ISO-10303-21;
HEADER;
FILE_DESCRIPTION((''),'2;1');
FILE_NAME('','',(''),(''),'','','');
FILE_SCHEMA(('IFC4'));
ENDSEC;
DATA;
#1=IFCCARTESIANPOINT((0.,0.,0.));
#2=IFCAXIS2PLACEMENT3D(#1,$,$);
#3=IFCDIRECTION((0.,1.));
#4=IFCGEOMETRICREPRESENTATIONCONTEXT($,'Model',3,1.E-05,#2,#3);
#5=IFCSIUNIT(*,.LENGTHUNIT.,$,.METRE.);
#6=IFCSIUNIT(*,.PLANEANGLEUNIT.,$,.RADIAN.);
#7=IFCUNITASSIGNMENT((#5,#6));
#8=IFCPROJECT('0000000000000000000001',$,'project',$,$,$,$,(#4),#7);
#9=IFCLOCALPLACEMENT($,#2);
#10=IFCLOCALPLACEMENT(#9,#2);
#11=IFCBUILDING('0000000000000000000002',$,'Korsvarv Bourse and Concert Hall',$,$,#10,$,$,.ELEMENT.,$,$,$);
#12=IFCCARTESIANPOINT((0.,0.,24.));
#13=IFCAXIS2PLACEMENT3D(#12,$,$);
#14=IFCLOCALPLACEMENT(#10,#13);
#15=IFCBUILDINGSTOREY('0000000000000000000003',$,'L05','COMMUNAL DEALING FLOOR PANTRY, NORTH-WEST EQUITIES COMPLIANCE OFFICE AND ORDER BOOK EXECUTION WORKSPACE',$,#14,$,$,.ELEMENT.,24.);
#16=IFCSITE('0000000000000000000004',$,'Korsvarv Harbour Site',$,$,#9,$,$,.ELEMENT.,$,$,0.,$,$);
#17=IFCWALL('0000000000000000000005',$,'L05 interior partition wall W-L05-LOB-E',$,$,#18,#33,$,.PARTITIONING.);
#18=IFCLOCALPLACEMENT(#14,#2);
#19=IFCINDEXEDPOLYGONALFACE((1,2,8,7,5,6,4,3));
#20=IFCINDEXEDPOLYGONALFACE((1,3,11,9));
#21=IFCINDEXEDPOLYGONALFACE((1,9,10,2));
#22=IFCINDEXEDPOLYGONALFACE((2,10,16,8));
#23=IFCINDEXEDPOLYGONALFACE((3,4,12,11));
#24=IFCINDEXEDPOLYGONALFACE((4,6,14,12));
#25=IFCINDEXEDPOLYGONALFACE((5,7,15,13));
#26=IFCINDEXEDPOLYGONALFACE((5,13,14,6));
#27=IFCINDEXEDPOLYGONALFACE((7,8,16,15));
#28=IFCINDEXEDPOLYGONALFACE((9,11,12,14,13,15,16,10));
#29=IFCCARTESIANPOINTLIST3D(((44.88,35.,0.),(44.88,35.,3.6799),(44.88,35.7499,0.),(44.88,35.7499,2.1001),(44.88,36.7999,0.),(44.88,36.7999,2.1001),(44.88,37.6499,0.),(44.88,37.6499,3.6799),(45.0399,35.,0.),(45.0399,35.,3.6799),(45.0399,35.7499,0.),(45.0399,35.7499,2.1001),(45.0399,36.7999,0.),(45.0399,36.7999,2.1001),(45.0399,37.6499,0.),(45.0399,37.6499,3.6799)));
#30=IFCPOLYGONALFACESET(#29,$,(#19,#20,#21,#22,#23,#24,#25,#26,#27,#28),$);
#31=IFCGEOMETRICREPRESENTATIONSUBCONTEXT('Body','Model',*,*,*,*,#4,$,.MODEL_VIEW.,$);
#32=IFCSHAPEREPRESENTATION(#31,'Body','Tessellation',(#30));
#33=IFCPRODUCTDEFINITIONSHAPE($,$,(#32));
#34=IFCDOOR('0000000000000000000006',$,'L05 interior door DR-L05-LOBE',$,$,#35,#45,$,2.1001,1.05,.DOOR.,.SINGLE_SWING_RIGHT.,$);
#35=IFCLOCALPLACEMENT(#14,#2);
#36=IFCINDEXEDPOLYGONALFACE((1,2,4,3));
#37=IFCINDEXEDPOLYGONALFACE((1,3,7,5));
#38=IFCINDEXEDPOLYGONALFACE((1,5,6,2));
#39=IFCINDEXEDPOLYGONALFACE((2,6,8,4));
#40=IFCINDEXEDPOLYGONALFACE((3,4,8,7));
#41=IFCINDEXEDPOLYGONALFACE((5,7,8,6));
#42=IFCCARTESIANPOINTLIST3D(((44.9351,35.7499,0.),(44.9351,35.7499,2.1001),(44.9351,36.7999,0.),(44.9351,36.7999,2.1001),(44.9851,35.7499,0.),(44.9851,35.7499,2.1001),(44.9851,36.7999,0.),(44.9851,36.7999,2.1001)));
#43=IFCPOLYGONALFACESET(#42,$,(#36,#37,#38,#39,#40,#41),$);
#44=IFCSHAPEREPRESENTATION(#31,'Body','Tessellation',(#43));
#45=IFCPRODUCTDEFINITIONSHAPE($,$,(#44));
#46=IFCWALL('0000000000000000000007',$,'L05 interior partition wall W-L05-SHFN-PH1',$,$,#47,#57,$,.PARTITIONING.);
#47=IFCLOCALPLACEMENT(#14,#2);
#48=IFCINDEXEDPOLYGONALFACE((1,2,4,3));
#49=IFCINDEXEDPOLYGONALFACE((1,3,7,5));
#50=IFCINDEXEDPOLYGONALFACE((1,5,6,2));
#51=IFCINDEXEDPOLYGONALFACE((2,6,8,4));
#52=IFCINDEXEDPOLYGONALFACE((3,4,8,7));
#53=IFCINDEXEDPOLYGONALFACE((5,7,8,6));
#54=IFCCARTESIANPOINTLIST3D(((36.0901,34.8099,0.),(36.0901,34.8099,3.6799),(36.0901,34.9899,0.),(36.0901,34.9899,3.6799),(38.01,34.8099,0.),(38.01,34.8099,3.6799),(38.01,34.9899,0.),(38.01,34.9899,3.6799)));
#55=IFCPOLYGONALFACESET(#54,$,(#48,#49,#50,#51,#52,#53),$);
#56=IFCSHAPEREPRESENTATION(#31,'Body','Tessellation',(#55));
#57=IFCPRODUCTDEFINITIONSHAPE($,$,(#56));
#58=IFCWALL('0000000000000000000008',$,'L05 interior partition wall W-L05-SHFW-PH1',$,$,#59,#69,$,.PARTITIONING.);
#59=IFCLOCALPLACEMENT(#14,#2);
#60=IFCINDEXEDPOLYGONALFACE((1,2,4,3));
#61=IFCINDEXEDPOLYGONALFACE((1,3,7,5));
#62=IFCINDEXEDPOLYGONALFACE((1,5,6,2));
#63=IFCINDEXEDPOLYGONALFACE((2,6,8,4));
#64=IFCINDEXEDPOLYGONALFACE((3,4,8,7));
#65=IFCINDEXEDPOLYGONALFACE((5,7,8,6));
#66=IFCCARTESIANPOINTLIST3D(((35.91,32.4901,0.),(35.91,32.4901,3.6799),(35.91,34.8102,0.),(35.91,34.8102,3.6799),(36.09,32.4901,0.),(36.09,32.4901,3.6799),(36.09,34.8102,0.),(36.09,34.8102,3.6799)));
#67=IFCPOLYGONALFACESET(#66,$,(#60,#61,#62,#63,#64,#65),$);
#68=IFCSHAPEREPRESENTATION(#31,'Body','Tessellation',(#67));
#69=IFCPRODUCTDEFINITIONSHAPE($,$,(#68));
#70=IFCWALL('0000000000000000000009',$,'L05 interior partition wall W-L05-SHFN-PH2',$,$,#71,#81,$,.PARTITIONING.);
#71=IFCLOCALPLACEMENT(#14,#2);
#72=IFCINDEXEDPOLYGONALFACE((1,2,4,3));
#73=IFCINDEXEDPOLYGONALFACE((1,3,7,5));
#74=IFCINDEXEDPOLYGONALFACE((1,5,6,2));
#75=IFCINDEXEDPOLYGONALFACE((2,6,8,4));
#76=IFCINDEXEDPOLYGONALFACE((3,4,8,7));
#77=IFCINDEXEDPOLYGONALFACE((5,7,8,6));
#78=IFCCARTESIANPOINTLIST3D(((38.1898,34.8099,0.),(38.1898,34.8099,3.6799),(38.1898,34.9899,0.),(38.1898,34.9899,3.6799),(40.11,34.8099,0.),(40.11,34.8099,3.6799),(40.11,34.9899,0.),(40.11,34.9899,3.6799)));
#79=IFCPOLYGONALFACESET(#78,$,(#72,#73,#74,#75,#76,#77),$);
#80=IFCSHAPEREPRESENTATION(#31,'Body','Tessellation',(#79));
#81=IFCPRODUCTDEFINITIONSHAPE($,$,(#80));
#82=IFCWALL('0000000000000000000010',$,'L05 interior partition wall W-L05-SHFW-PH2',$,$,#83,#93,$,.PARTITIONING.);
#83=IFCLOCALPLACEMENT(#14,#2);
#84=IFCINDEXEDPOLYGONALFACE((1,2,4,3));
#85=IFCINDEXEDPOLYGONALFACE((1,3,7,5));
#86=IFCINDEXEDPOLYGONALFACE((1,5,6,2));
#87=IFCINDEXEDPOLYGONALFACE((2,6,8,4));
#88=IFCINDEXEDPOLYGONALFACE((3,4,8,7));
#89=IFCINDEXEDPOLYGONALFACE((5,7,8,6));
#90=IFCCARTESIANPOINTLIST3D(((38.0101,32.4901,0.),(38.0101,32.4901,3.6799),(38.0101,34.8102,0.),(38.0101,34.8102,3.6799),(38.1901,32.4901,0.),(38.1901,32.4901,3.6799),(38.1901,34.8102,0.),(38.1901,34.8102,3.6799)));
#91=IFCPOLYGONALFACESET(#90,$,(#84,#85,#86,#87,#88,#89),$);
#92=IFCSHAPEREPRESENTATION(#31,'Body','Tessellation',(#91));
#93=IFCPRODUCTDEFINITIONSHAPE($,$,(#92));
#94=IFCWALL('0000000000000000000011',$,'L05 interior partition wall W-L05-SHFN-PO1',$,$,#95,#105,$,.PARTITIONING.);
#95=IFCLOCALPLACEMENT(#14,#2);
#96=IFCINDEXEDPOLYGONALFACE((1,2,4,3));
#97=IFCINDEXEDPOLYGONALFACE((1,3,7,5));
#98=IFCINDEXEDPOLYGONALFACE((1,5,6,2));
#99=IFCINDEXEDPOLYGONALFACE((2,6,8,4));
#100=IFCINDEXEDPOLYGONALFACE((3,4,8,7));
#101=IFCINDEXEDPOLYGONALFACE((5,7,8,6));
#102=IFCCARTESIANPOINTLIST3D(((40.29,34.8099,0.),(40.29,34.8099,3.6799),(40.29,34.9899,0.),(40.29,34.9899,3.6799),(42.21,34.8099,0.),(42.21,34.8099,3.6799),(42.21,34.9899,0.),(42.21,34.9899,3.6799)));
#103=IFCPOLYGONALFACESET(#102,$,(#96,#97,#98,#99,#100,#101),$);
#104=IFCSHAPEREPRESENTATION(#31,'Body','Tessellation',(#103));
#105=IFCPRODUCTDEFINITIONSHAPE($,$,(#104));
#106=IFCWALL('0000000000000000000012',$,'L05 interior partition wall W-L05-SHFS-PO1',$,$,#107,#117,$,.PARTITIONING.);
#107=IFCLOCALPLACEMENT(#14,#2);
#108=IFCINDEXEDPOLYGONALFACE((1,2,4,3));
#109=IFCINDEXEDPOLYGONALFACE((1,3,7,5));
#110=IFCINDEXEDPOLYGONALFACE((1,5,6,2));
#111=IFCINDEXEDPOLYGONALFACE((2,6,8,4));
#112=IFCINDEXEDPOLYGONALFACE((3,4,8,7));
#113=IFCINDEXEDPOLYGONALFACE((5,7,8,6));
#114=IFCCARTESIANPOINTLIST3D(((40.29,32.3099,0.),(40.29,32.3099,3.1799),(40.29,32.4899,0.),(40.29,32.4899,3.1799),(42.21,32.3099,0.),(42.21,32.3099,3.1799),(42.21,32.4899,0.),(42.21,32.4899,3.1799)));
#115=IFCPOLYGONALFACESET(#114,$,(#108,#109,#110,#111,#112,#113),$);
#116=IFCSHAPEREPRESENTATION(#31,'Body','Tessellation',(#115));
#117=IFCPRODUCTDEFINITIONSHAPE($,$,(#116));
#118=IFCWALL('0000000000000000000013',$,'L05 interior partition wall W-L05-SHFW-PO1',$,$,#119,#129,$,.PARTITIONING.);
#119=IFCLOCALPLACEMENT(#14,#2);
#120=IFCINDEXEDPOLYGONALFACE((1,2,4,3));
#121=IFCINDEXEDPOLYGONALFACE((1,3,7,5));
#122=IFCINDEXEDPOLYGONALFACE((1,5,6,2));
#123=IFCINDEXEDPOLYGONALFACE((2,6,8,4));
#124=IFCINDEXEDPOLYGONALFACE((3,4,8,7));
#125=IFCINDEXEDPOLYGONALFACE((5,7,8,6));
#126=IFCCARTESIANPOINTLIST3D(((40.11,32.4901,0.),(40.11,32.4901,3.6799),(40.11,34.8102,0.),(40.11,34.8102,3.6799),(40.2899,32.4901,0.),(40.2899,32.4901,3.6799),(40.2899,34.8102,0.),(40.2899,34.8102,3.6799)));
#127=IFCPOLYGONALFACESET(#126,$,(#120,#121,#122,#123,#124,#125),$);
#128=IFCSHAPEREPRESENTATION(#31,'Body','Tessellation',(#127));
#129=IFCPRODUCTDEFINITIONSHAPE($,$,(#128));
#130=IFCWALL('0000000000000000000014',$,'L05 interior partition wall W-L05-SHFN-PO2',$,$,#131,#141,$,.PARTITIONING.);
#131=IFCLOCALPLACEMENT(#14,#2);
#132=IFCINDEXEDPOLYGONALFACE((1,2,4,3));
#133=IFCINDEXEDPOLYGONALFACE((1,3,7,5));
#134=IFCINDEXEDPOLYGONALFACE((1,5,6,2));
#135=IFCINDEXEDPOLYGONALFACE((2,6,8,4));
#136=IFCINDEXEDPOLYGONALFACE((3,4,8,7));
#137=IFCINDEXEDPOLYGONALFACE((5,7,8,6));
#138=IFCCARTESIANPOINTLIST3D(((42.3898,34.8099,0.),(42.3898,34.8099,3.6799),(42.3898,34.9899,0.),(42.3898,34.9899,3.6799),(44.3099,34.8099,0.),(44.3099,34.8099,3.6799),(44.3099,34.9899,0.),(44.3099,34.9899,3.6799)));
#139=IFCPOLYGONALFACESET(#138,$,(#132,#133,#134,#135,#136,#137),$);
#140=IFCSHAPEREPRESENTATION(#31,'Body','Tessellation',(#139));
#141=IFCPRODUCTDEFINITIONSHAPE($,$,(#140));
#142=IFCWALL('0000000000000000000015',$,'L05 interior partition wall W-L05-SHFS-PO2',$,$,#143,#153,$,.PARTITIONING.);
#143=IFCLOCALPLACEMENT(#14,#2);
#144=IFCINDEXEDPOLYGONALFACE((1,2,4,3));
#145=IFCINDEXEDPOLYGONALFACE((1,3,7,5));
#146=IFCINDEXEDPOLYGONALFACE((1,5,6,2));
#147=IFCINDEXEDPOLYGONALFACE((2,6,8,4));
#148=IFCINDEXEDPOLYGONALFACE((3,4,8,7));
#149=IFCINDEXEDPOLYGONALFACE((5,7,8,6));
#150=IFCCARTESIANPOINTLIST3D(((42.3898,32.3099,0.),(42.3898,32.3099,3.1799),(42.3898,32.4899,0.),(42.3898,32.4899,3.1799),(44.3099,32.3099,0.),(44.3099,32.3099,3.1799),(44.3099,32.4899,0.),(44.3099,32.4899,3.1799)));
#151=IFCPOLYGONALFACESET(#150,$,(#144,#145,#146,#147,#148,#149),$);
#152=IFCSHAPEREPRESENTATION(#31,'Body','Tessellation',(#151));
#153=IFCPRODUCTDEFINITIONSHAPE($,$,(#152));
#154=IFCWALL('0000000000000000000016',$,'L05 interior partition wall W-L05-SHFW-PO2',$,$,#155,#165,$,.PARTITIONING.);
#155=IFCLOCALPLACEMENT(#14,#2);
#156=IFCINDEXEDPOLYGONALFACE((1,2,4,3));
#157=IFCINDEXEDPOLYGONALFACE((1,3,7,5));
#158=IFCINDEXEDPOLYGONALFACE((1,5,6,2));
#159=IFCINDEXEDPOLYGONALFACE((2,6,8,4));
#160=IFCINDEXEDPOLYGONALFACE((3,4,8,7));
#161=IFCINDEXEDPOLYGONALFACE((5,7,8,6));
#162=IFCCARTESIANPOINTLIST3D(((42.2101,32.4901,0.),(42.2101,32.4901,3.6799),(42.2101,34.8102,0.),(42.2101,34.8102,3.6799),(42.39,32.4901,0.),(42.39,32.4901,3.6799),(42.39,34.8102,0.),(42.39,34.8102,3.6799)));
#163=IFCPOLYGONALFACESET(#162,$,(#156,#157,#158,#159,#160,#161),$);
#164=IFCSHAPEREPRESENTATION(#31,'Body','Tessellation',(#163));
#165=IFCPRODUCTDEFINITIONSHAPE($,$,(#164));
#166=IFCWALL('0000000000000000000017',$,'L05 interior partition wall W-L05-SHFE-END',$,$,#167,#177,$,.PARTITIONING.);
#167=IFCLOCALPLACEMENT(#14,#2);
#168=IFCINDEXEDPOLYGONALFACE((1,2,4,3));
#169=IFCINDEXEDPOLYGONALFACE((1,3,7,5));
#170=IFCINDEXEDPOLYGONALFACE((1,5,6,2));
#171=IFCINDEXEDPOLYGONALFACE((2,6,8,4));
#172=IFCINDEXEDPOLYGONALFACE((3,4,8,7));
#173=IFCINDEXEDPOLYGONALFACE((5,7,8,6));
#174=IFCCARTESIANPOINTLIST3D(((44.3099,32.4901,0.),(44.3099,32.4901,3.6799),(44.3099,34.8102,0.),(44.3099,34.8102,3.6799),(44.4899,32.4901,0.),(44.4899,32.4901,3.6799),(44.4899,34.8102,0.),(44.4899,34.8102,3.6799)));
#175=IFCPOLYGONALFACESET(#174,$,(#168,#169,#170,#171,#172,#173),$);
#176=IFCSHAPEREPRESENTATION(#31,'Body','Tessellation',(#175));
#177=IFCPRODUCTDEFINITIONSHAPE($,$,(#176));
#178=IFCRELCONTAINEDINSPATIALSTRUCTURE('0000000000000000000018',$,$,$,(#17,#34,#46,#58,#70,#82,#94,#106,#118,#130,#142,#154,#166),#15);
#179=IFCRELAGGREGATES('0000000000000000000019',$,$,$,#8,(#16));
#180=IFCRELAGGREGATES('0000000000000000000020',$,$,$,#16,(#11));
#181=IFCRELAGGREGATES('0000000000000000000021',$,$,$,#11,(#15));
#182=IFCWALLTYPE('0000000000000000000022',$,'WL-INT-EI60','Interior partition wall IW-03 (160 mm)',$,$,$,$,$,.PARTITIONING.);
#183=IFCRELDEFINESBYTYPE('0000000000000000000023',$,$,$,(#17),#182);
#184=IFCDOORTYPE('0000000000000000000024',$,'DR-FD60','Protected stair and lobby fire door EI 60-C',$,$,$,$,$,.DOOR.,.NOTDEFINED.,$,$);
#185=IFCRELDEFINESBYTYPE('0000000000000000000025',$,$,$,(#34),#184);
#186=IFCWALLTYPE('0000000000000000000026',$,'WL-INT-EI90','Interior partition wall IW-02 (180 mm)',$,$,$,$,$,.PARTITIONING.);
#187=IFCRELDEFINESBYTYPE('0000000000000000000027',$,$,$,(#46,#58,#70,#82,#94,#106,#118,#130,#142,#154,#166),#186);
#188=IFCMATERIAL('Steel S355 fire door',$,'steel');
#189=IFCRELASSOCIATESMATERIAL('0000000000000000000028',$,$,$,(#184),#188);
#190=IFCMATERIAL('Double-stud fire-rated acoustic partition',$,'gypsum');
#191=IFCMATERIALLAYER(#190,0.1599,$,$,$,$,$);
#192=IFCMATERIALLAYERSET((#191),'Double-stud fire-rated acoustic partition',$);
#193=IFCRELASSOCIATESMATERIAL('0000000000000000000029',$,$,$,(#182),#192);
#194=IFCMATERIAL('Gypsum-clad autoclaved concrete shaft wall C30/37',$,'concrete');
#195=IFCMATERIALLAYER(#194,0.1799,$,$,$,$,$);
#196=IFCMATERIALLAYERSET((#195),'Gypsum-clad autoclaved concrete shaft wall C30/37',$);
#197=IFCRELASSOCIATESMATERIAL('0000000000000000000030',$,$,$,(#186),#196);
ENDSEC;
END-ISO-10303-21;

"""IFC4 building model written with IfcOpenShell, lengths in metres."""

from ifc_helpers import new_model, si_unit, direction, frame, frame_2d, origin, place, context, subcontext, project, spatial, rectangle, extrude, material, layer, layer_set, type_object, element, fill, save


model = new_model("IFC4")

# Units and contexts
model_context = context("Model", 3, precision=1e-05, world=origin(), true_north=direction((0.0, 1.0)))
body_context = subcontext(model_context, "Body", "Model", "MODEL_VIEW")
ifc_project = project(units=[si_unit("LENGTHUNIT", "METRE"), si_unit("PLANEANGLEUNIT", "RADIAN")], contexts=[model_context])

# Site, building, storey
site_placement = place(None, origin())
site = spatial("IfcSite", under=ifc_project, at=site_placement, Name="Korsvarv Harbour Site", CompositionType="ELEMENT", RefElevation=0.0)
building_placement = place(site_placement, origin())
building = spatial("IfcBuilding", under=site, at=building_placement, Name="Korsvarv Bourse and Concert Hall", CompositionType="ELEMENT")
storey_placement = place(building_placement, frame((0.0, 0.0, 24.0)))
storey = spatial("IfcBuildingStorey", under=building, at=storey_placement, Name="L05", Description="COMMUNAL DEALING FLOOR PANTRY, NORTH-WEST EQUITIES COMPLIANCE OFFICE AND ORDER BOOK EXECUTION WORKSPACE", CompositionType="ELEMENT", Elevation=24.0)

# Shared definitions
ifc_material_1 = material(Name="Steel S355 fire door", Category="steel")
door_type_1 = type_object("IfcDoorType", Name="DR-FD60", Description="Protected stair and lobby fire door EI 60-C", OperationType="NOTDEFINED", PredefinedType="DOOR", material=ifc_material_1)

# Wall, opening, door
ifc_material_2 = material(Name="Double-stud fire-rated acoustic partition", Category="gypsum")
ifc_layer_1 = layer(ifc_material_2, 0.1599)
ifc_layer_set_1 = layer_set([ifc_layer_1], Name="Double-stud fire-rated acoustic partition")
wall_type_1 = type_object("IfcWallType", Name="WL-INT-EI60", Description="Interior partition wall IW-03 (160 mm)", PredefinedType="PARTITIONING", material=ifc_layer_set_1)
wall_1_placement = place(storey_placement, frame((44.96, 35.0, 0.0), z_axis=(0.0, 0.0, 1.0), x_axis=(0.0, 1.0, 0.0)))
wall_1 = element("IfcWall", 1, at=wall_1_placement, inside=storey, type_object=wall_type_1, Name="L05 interior partition wall W-L05-LOB-E", PredefinedType="PARTITIONING", context=body_context, shape_type="SweptSolid", body=[
    extrude(rectangle(XDim=2.6499, YDim=0.1599, at=frame_2d((1.325, 0.0))), origin(), (0.0, 0.0, 1.0), 3.6799),
])
opening_1_placement = place(wall_1_placement, frame((0.75, 0.0, 0.0)))
opening_1 = element("IfcOpeningElement", 2, at=opening_1_placement, cuts=wall_1, PredefinedType="OPENING", context=body_context, shape_type="SweptSolid", body=[
    extrude(rectangle(XDim=1.05, YDim=2.1001, at=frame_2d((0.5249, 1.05))), frame((0.0, 0.0898, 0.0), z_axis=(0.0, -1.0, 0.0), x_axis=(1.0, 0.0, 0.0)), (0.0, 0.0, 1.0), 0.1799),
])
door_1_placement = place(opening_1_placement, origin())
door_1 = element("IfcDoor", 3, at=door_1_placement, inside=storey, type_object=door_type_1, Name="L05 interior door DR-L05-LOBE", OperationType="SINGLE_SWING_RIGHT", OverallHeight=2.1001, OverallWidth=1.05, PredefinedType="DOOR", context=body_context, shape_type="SweptSolid", body=[
    extrude(rectangle(XDim=1.05, YDim=2.1001, at=frame_2d((0.5249, 1.05))), frame((0.0, 0.0249, 0.0), z_axis=(0.0, -1.0, 0.0), x_axis=(1.0, 0.0, 0.0)), (0.0, 0.0, 1.0), 0.05),
])
fill(opening_1, door_1)

# Walls
ifc_material_3 = material(Name="Gypsum-clad autoclaved concrete shaft wall C30/37", Category="concrete")
ifc_layer_2 = layer(ifc_material_3, 0.1799)
ifc_layer_set_2 = layer_set([ifc_layer_2], Name="Gypsum-clad autoclaved concrete shaft wall C30/37")
wall_type_2 = type_object("IfcWallType", Name="WL-INT-EI90", Description="Interior partition wall IW-02 (180 mm)", PredefinedType="PARTITIONING", material=ifc_layer_set_2)
wall_2_placement = place(storey_placement, frame((36.0901, 34.8999, 0.0), z_axis=(0.0, 0.0, 1.0), x_axis=(1.0, 0.0, 0.0)))
element("IfcWall", 4, at=wall_2_placement, inside=storey, type_object=wall_type_2, Name="L05 interior partition wall W-L05-SHFN-PH1", PredefinedType="PARTITIONING", context=body_context, shape_type="SweptSolid", body=[
    extrude(rectangle(XDim=1.9199, YDim=0.1799, at=frame_2d((0.96, 0.0))), origin(), (0.0, 0.0, 1.0), 3.6799),
])
wall_3_placement = place(storey_placement, frame((36.0, 32.49, 0.0), z_axis=(0.0, 0.0, 1.0), x_axis=(0.0, 1.0, 0.0)))
element("IfcWall", 5, at=wall_3_placement, inside=storey, type_object=wall_type_2, Name="L05 interior partition wall W-L05-SHFW-PH1", PredefinedType="PARTITIONING", context=body_context, shape_type="SweptSolid", body=[
    extrude(rectangle(XDim=2.3201, YDim=0.1799, at=frame_2d((1.1602, 0.0))), origin(), (0.0, 0.0, 1.0), 3.6799),
])
wall_4_placement = place(storey_placement, frame((38.1899, 34.8999, 0.0), z_axis=(0.0, 0.0, 1.0), x_axis=(1.0, 0.0, 0.0)))
element("IfcWall", 6, at=wall_4_placement, inside=storey, type_object=wall_type_2, Name="L05 interior partition wall W-L05-SHFN-PH2", PredefinedType="PARTITIONING", context=body_context, shape_type="SweptSolid", body=[
    extrude(rectangle(XDim=1.9202, YDim=0.1799, at=frame_2d((0.96, 0.0))), origin(), (0.0, 0.0, 1.0), 3.6799),
])
wall_5_placement = place(storey_placement, frame((38.1001, 32.49, 0.0), z_axis=(0.0, 0.0, 1.0), x_axis=(0.0, 1.0, 0.0)))
element("IfcWall", 7, at=wall_5_placement, inside=storey, type_object=wall_type_2, Name="L05 interior partition wall W-L05-SHFW-PH2", PredefinedType="PARTITIONING", context=body_context, shape_type="SweptSolid", body=[
    extrude(rectangle(XDim=2.3201, YDim=0.1799, at=frame_2d((1.1602, 0.0))), origin(), (0.0, 0.0, 1.0), 3.6799),
])
wall_6_placement = place(storey_placement, frame((40.29, 34.8999, 0.0), z_axis=(0.0, 0.0, 1.0), x_axis=(1.0, 0.0, 0.0)))
element("IfcWall", 8, at=wall_6_placement, inside=storey, type_object=wall_type_2, Name="L05 interior partition wall W-L05-SHFN-PO1", PredefinedType="PARTITIONING", context=body_context, shape_type="SweptSolid", body=[
    extrude(rectangle(XDim=1.9199, YDim=0.1799, at=frame_2d((0.96, 0.0))), origin(), (0.0, 0.0, 1.0), 3.6799),
])
wall_7_placement = place(storey_placement, frame((40.29, 32.3999, 0.0), z_axis=(0.0, 0.0, 1.0), x_axis=(1.0, 0.0, 0.0)))
element("IfcWall", 9, at=wall_7_placement, inside=storey, type_object=wall_type_2, Name="L05 interior partition wall W-L05-SHFS-PO1", PredefinedType="PARTITIONING", context=body_context, shape_type="SweptSolid", body=[
    extrude(rectangle(XDim=1.9199, YDim=0.1799, at=frame_2d((0.96, 0.0))), origin(), (0.0, 0.0, 1.0), 3.1799),
])
wall_8_placement = place(storey_placement, frame((40.2, 32.49, 0.0), z_axis=(0.0, 0.0, 1.0), x_axis=(0.0, 1.0, 0.0)))
element("IfcWall", 10, at=wall_8_placement, inside=storey, type_object=wall_type_2, Name="L05 interior partition wall W-L05-SHFW-PO1", PredefinedType="PARTITIONING", context=body_context, shape_type="SweptSolid", body=[
    extrude(rectangle(XDim=2.3201, YDim=0.1799, at=frame_2d((1.1602, 0.0))), origin(), (0.0, 0.0, 1.0), 3.6799),
])
wall_9_placement = place(storey_placement, frame((42.3899, 34.8999, 0.0), z_axis=(0.0, 0.0, 1.0), x_axis=(1.0, 0.0, 0.0)))
element("IfcWall", 11, at=wall_9_placement, inside=storey, type_object=wall_type_2, Name="L05 interior partition wall W-L05-SHFN-PO2", PredefinedType="PARTITIONING", context=body_context, shape_type="SweptSolid", body=[
    extrude(rectangle(XDim=1.9202, YDim=0.1799, at=frame_2d((0.96, 0.0))), origin(), (0.0, 0.0, 1.0), 3.6799),
])
wall_10_placement = place(storey_placement, frame((42.3899, 32.3999, 0.0), z_axis=(0.0, 0.0, 1.0), x_axis=(1.0, 0.0, 0.0)))
element("IfcWall", 12, at=wall_10_placement, inside=storey, type_object=wall_type_2, Name="L05 interior partition wall W-L05-SHFS-PO2", PredefinedType="PARTITIONING", context=body_context, shape_type="SweptSolid", body=[
    extrude(rectangle(XDim=1.9202, YDim=0.1799, at=frame_2d((0.96, 0.0))), origin(), (0.0, 0.0, 1.0), 3.1799),
])
for number, where, z_axis, x_axis, name in (
    (13, (42.3, 32.49, 0.0), (0.0, 0.0, 1.0), (0.0, 1.0, 0.0), "L05 interior partition wall W-L05-SHFW-PO2"),
    (14, (44.3999, 32.49, 0.0), (0.0, 0.0, 1.0), (0.0, 1.0, 0.0), "L05 interior partition wall W-L05-SHFE-END"),
):
    element("IfcWall", number, at=place(storey_placement, frame(where, z_axis=z_axis, x_axis=x_axis)), inside=storey, type_object=wall_type_2, Name=name, PredefinedType="PARTITIONING", context=body_context, shape_type="SweptSolid", body=[
        extrude(rectangle(XDim=2.3201, YDim=0.1799, at=frame_2d((1.1602, 0.0))), origin(), (0.0, 0.0, 1.0), 3.6799),
    ])

save(model, "model.ifc")
